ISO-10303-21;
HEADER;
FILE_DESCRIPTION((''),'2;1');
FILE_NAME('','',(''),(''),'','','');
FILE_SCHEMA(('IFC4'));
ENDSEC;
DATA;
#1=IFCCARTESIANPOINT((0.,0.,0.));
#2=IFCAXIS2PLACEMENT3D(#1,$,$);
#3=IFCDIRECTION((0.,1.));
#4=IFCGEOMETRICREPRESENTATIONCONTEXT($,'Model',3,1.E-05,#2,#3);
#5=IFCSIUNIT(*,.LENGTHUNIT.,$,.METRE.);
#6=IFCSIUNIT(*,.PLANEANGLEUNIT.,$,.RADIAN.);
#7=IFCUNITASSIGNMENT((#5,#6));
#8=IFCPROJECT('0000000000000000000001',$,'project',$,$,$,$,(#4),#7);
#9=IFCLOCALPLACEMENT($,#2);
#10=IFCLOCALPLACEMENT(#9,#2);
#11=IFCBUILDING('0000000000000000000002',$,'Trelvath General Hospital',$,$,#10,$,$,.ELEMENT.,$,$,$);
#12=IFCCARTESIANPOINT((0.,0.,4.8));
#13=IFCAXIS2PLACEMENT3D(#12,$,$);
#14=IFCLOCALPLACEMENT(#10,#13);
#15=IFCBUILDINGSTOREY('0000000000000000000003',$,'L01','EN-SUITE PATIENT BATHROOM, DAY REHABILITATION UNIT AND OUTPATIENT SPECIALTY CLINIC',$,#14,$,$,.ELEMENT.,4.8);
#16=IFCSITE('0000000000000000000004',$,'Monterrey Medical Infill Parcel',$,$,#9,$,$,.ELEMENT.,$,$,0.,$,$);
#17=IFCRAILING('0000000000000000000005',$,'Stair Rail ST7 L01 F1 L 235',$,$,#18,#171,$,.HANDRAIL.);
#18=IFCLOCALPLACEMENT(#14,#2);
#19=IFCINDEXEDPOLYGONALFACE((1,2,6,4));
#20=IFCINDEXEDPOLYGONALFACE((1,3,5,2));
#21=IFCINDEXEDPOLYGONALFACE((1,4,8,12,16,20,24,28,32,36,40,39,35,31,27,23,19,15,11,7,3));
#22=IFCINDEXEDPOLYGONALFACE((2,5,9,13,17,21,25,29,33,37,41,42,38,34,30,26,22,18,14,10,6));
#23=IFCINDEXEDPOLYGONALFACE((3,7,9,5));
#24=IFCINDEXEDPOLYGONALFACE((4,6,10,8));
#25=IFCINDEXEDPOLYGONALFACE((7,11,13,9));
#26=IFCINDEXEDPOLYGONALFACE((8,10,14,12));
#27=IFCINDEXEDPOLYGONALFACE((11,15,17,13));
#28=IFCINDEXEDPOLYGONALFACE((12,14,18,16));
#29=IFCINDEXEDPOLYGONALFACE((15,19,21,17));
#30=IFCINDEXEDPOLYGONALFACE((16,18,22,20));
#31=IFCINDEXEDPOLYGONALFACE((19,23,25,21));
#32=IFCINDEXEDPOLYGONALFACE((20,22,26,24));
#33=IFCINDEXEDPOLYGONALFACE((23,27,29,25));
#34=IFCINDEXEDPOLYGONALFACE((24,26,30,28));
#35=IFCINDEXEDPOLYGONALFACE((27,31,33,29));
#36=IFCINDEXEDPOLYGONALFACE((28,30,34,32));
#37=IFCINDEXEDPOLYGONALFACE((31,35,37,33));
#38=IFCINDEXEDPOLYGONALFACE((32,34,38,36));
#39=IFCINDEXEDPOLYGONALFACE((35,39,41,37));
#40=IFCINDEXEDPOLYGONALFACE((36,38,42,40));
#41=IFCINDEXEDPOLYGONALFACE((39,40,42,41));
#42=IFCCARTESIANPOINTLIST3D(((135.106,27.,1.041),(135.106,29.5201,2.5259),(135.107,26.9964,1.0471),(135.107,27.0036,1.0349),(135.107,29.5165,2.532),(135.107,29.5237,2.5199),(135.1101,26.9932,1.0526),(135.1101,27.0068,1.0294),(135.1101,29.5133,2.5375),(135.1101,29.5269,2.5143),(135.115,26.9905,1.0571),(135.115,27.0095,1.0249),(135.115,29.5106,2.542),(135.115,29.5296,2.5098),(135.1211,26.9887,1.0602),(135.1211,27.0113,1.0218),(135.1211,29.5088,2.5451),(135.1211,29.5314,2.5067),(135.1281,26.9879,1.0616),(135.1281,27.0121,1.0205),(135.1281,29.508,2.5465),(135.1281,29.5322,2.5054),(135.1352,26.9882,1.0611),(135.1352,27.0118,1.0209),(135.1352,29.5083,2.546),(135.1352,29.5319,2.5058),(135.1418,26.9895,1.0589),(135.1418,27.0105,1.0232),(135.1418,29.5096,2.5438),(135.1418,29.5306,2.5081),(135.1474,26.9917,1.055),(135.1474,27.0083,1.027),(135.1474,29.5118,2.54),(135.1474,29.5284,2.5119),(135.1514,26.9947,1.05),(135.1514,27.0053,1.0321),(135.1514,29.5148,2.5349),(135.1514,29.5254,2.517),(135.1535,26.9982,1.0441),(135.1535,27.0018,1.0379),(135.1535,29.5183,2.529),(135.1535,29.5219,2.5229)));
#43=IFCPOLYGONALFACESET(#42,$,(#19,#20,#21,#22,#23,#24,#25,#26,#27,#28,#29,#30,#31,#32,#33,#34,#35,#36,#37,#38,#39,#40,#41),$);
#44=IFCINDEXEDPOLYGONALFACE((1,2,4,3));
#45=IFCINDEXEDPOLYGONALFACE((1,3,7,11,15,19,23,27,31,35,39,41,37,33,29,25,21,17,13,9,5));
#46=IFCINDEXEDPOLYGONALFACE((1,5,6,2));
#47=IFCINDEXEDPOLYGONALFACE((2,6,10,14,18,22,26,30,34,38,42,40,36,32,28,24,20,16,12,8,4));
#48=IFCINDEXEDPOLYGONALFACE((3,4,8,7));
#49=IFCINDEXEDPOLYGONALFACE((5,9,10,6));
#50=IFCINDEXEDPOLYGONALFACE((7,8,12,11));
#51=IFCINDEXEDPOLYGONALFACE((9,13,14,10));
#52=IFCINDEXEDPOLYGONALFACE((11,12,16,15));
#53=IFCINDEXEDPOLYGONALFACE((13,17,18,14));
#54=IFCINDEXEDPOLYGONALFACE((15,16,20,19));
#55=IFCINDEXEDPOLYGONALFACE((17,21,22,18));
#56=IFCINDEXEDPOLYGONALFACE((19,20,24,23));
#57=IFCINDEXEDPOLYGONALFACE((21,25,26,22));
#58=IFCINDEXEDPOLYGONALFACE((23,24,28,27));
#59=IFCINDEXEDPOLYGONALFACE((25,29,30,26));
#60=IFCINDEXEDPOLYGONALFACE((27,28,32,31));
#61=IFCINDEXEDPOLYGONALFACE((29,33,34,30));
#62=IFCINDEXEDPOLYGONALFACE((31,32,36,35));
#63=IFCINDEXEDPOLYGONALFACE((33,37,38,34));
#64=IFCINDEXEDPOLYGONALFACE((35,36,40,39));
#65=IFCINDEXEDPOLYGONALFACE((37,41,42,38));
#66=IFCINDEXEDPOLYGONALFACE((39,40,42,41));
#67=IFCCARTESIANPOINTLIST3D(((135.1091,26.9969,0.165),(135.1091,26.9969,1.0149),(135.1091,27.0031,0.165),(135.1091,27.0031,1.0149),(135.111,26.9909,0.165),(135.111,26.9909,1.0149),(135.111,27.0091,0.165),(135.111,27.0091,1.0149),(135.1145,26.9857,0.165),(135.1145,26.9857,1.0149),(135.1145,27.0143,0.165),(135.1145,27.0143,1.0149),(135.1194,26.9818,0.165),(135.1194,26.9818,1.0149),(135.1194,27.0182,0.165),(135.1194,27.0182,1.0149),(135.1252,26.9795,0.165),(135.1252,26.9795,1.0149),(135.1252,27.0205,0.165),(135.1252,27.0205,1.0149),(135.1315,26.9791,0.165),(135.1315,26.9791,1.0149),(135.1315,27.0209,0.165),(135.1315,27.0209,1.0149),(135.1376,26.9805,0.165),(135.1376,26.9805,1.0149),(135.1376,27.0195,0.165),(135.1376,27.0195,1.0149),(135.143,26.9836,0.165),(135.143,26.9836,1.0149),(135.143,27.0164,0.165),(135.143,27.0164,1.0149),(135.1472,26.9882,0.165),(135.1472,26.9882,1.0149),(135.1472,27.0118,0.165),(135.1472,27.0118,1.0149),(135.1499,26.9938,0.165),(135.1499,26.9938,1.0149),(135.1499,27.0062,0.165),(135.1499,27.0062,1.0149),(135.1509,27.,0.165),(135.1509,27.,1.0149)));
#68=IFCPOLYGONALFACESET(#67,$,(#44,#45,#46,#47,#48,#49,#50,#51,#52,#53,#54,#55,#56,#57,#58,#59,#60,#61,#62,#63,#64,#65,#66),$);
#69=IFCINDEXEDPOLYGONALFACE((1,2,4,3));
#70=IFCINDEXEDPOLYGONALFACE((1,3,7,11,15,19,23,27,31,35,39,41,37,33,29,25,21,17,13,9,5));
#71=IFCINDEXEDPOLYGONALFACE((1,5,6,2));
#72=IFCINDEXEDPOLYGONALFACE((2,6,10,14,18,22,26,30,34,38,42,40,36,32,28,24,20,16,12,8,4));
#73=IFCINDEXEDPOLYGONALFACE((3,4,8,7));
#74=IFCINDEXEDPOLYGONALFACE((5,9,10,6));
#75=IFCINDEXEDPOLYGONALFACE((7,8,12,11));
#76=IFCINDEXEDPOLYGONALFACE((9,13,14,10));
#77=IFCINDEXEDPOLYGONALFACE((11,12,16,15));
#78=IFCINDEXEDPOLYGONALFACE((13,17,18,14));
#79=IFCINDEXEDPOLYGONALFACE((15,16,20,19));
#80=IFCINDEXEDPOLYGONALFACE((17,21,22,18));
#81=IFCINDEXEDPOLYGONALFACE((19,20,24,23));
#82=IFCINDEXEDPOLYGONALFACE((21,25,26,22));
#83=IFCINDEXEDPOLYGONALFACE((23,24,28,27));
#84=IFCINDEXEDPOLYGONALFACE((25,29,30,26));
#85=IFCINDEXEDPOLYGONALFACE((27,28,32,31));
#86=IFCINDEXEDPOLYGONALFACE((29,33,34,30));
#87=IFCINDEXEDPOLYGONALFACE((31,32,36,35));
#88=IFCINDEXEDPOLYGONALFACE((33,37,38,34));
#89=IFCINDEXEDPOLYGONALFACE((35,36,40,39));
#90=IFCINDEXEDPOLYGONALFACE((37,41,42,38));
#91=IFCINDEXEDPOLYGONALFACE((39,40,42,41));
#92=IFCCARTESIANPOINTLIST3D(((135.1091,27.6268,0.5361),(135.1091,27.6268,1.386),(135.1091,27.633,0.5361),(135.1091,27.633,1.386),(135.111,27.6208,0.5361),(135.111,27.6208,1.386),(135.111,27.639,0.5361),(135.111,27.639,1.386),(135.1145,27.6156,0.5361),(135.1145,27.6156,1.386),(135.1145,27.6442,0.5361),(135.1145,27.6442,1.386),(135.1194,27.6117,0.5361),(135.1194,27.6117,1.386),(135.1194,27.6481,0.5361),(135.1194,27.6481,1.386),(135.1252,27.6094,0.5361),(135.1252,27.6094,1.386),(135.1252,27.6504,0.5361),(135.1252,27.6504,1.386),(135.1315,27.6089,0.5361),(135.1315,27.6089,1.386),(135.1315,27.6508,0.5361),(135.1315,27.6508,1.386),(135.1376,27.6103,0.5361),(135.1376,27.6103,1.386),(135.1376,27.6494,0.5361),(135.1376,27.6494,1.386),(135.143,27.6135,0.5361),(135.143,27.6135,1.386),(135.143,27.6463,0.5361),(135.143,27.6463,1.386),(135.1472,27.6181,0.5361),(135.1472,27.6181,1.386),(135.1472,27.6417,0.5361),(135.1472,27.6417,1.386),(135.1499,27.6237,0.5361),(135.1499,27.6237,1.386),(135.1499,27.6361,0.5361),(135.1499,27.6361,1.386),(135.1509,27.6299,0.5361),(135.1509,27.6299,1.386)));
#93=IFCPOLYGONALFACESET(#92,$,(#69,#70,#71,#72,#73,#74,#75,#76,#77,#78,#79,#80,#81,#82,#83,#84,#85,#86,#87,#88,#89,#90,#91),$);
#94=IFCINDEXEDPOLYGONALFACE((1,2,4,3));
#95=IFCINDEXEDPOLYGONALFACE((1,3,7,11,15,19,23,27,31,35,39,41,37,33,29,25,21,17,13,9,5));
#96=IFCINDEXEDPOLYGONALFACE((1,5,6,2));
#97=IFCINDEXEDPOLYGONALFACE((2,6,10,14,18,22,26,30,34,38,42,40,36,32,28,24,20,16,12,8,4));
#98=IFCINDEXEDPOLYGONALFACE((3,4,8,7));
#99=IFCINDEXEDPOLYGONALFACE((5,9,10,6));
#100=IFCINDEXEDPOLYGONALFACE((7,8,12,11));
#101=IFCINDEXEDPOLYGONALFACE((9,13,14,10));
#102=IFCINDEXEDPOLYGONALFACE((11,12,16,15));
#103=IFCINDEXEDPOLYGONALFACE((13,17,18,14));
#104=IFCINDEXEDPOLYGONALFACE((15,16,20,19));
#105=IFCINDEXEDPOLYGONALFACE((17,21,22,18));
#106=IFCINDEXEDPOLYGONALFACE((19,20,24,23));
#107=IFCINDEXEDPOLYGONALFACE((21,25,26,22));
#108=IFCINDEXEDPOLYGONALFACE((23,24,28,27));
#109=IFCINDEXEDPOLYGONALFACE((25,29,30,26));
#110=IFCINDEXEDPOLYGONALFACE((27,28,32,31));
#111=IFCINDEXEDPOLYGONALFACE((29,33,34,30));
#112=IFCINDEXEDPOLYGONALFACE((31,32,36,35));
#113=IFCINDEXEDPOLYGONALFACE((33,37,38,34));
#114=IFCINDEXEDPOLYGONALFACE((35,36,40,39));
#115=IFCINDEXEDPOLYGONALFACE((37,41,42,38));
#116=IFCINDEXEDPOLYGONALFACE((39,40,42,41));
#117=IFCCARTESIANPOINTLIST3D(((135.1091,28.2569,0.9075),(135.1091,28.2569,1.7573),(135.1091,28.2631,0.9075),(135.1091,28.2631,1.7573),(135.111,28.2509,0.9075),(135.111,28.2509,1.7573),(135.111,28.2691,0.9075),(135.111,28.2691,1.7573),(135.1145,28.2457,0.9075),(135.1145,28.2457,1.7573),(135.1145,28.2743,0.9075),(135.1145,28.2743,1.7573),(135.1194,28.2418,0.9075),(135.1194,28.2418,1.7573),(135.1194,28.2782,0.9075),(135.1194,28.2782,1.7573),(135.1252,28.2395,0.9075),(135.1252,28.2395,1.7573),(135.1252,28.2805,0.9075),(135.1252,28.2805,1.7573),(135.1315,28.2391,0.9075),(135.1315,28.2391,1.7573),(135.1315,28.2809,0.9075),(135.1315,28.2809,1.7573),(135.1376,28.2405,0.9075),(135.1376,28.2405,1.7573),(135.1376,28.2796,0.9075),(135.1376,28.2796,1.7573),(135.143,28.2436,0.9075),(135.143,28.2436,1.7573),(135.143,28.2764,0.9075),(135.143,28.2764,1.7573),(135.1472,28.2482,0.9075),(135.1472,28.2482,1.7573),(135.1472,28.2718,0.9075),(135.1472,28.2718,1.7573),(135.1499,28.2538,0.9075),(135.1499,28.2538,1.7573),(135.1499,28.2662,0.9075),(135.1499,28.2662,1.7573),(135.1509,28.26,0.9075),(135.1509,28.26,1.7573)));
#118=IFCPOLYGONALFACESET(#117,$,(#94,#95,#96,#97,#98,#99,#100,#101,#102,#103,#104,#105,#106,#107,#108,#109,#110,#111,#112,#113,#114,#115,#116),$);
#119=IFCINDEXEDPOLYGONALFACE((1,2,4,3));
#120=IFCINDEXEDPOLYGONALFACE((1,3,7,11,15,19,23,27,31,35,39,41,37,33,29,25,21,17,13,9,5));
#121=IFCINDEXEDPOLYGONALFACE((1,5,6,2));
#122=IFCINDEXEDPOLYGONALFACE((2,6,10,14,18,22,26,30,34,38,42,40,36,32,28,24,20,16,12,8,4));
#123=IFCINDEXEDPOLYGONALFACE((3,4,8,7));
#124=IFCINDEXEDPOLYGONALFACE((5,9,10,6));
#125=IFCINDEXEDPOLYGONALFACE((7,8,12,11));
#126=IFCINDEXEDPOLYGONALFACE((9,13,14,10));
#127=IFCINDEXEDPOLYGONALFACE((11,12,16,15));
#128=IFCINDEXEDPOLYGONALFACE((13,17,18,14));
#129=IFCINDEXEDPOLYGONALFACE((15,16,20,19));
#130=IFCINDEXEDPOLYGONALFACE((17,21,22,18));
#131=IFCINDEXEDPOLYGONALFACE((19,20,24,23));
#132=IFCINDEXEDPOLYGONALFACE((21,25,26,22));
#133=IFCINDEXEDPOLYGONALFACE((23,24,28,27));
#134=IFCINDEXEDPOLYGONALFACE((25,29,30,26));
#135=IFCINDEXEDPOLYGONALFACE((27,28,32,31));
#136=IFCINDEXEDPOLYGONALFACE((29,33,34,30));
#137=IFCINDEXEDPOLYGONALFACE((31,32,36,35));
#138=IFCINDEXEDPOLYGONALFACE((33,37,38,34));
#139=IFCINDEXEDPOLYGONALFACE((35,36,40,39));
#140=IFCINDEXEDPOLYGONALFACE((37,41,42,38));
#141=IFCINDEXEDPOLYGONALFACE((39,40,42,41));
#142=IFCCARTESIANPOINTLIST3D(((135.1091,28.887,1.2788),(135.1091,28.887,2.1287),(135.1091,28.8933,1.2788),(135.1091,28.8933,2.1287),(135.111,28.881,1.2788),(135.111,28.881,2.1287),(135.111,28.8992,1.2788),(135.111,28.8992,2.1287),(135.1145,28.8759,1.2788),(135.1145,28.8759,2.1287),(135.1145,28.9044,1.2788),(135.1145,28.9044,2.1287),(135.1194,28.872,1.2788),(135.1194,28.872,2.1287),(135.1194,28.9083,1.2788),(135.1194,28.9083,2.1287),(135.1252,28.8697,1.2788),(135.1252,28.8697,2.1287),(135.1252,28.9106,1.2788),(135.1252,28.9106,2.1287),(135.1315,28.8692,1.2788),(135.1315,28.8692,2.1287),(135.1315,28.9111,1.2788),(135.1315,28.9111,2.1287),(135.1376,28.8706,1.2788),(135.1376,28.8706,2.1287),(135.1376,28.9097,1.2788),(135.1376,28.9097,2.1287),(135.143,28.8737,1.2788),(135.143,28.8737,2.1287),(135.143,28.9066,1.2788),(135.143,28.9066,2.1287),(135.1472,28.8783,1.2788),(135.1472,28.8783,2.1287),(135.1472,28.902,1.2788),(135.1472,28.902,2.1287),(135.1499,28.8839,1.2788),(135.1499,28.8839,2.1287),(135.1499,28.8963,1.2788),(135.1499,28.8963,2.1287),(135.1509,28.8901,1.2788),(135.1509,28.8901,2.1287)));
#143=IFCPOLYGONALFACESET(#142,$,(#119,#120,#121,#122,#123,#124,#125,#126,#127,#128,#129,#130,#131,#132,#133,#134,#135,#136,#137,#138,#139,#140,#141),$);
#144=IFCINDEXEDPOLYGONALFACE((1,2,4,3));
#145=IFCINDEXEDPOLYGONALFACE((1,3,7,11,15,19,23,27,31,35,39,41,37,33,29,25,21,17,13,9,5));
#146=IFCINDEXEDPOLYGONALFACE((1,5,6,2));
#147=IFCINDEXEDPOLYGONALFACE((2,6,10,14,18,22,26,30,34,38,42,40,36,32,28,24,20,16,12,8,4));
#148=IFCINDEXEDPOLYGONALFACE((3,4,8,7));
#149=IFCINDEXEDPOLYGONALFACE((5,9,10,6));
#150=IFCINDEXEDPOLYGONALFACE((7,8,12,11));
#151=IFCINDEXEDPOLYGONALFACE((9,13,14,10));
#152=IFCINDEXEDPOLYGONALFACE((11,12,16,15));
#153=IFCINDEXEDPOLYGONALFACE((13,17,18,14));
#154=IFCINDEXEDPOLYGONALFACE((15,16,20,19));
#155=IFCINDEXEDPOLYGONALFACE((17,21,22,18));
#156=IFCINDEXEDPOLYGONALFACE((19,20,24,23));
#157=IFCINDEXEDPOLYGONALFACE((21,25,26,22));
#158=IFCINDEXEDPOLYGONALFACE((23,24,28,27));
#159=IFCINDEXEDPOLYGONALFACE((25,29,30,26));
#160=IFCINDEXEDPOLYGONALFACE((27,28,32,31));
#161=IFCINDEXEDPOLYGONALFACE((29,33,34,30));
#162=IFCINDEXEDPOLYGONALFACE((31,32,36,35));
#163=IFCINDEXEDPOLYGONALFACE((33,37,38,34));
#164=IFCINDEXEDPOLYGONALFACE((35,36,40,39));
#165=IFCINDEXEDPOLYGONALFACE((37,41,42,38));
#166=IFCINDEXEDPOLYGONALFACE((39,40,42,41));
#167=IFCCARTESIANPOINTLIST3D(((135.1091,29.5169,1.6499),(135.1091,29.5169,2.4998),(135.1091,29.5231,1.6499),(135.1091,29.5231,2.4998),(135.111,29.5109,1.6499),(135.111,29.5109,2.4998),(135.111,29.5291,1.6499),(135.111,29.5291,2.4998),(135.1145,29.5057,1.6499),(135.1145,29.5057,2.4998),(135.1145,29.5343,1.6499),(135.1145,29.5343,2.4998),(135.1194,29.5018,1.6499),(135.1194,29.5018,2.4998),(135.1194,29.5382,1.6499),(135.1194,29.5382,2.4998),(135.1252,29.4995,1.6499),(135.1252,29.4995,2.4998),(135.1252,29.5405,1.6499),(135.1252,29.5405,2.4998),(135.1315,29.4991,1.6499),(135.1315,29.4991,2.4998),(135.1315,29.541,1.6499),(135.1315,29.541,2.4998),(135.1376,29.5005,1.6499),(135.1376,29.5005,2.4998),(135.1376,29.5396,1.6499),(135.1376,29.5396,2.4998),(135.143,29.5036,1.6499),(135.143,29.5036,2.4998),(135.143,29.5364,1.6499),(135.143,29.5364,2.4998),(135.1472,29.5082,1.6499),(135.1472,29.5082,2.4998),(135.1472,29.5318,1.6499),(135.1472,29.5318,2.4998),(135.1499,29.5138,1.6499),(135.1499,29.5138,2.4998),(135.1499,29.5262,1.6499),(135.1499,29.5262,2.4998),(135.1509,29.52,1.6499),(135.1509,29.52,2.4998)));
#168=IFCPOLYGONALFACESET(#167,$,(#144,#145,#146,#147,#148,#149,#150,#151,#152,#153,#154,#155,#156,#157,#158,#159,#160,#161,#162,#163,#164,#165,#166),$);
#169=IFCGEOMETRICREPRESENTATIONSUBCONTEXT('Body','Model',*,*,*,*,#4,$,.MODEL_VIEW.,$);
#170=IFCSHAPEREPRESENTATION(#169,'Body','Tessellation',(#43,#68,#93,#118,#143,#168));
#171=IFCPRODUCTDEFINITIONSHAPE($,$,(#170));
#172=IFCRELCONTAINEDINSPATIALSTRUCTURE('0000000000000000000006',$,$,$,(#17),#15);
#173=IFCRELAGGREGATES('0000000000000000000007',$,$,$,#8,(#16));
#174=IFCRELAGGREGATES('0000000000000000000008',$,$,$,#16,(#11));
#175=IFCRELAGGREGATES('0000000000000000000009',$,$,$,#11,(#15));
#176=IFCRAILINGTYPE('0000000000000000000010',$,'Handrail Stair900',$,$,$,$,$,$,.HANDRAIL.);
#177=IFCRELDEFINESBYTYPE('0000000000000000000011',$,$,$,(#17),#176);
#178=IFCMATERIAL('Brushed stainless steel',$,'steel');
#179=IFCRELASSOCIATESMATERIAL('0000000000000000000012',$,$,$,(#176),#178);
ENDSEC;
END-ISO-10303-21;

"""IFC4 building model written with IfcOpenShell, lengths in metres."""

from ifc_helpers import new_model, si_unit, direction, frame, origin, origin_2d, place, context, subcontext, project, spatial, circle, extrude, material, type_object, element, save


model = new_model("IFC4")

# Units and contexts
model_context = context("Model", 3, precision=1e-05, world=origin(), true_north=direction((0.0, 1.0)))
body_context = subcontext(model_context, "Body", "Model", "MODEL_VIEW")
ifc_project = project(units=[si_unit("LENGTHUNIT", "METRE"), si_unit("PLANEANGLEUNIT", "RADIAN")], contexts=[model_context])

# Site, building, storey
site_placement = place(None, origin())
site = spatial("IfcSite", under=ifc_project, at=site_placement, Name="Monterrey Medical Infill Parcel", CompositionType="ELEMENT", RefElevation=0.0)
building_placement = place(site_placement, origin())
building = spatial("IfcBuilding", under=site, at=building_placement, Name="Trelvath General Hospital", CompositionType="ELEMENT")
storey_placement = place(building_placement, frame((0.0, 0.0, 4.8)))
storey = spatial("IfcBuildingStorey", under=building, at=storey_placement, Name="L01", Description="EN-SUITE PATIENT BATHROOM, DAY REHABILITATION UNIT AND OUTPATIENT SPECIALTY CLINIC", CompositionType="ELEMENT", Elevation=4.8)

# Railing
ifc_material_1 = material(Name="Brushed stainless steel", Category="steel")
railing_type_1 = type_object("IfcRailingType", Name="Handrail Stair900", PredefinedType="HANDRAIL", material=ifc_material_1)
railing_1_placement = place(storey_placement, frame((135.1299, 27.0, 0.165)))
element("IfcRailing", 1, at=railing_1_placement, inside=storey, type_object=railing_type_1, Name="Stair Rail ST7 L01 F1 L 235", PredefinedType="HANDRAIL", context=body_context, shape_type="SweptSolid", body=[
    extrude(circle(Radius=0.0239, at=origin_2d()), frame((0.0, 0.0, 0.876), z_axis=(0.0, 0.861561, 0.507655), x_axis=(-1.0, 0.0, 0.0)), (0.0, 0.0, 1.0), 2.925),
    extrude(circle(Radius=0.021, at=origin_2d()), origin(), (0.0, 0.0, 1.0), 0.8499),
    extrude(circle(Radius=0.021, at=origin_2d()), frame((0.0, 0.6299, 0.3711)), (0.0, 0.0, 1.0), 0.8499),
    extrude(circle(Radius=0.021, at=origin_2d()), frame((0.0, 1.26, 0.7424)), (0.0, 0.0, 1.0), 0.8499),
    extrude(circle(Radius=0.021, at=origin_2d()), frame((0.0, 1.8901, 1.1138)), (0.0, 0.0, 1.0), 0.8499),
    extrude(circle(Radius=0.021, at=origin_2d()), frame((0.0, 2.52, 1.4849)), (0.0, 0.0, 1.0), 0.8499),
])

save(model, "model.ifc")
